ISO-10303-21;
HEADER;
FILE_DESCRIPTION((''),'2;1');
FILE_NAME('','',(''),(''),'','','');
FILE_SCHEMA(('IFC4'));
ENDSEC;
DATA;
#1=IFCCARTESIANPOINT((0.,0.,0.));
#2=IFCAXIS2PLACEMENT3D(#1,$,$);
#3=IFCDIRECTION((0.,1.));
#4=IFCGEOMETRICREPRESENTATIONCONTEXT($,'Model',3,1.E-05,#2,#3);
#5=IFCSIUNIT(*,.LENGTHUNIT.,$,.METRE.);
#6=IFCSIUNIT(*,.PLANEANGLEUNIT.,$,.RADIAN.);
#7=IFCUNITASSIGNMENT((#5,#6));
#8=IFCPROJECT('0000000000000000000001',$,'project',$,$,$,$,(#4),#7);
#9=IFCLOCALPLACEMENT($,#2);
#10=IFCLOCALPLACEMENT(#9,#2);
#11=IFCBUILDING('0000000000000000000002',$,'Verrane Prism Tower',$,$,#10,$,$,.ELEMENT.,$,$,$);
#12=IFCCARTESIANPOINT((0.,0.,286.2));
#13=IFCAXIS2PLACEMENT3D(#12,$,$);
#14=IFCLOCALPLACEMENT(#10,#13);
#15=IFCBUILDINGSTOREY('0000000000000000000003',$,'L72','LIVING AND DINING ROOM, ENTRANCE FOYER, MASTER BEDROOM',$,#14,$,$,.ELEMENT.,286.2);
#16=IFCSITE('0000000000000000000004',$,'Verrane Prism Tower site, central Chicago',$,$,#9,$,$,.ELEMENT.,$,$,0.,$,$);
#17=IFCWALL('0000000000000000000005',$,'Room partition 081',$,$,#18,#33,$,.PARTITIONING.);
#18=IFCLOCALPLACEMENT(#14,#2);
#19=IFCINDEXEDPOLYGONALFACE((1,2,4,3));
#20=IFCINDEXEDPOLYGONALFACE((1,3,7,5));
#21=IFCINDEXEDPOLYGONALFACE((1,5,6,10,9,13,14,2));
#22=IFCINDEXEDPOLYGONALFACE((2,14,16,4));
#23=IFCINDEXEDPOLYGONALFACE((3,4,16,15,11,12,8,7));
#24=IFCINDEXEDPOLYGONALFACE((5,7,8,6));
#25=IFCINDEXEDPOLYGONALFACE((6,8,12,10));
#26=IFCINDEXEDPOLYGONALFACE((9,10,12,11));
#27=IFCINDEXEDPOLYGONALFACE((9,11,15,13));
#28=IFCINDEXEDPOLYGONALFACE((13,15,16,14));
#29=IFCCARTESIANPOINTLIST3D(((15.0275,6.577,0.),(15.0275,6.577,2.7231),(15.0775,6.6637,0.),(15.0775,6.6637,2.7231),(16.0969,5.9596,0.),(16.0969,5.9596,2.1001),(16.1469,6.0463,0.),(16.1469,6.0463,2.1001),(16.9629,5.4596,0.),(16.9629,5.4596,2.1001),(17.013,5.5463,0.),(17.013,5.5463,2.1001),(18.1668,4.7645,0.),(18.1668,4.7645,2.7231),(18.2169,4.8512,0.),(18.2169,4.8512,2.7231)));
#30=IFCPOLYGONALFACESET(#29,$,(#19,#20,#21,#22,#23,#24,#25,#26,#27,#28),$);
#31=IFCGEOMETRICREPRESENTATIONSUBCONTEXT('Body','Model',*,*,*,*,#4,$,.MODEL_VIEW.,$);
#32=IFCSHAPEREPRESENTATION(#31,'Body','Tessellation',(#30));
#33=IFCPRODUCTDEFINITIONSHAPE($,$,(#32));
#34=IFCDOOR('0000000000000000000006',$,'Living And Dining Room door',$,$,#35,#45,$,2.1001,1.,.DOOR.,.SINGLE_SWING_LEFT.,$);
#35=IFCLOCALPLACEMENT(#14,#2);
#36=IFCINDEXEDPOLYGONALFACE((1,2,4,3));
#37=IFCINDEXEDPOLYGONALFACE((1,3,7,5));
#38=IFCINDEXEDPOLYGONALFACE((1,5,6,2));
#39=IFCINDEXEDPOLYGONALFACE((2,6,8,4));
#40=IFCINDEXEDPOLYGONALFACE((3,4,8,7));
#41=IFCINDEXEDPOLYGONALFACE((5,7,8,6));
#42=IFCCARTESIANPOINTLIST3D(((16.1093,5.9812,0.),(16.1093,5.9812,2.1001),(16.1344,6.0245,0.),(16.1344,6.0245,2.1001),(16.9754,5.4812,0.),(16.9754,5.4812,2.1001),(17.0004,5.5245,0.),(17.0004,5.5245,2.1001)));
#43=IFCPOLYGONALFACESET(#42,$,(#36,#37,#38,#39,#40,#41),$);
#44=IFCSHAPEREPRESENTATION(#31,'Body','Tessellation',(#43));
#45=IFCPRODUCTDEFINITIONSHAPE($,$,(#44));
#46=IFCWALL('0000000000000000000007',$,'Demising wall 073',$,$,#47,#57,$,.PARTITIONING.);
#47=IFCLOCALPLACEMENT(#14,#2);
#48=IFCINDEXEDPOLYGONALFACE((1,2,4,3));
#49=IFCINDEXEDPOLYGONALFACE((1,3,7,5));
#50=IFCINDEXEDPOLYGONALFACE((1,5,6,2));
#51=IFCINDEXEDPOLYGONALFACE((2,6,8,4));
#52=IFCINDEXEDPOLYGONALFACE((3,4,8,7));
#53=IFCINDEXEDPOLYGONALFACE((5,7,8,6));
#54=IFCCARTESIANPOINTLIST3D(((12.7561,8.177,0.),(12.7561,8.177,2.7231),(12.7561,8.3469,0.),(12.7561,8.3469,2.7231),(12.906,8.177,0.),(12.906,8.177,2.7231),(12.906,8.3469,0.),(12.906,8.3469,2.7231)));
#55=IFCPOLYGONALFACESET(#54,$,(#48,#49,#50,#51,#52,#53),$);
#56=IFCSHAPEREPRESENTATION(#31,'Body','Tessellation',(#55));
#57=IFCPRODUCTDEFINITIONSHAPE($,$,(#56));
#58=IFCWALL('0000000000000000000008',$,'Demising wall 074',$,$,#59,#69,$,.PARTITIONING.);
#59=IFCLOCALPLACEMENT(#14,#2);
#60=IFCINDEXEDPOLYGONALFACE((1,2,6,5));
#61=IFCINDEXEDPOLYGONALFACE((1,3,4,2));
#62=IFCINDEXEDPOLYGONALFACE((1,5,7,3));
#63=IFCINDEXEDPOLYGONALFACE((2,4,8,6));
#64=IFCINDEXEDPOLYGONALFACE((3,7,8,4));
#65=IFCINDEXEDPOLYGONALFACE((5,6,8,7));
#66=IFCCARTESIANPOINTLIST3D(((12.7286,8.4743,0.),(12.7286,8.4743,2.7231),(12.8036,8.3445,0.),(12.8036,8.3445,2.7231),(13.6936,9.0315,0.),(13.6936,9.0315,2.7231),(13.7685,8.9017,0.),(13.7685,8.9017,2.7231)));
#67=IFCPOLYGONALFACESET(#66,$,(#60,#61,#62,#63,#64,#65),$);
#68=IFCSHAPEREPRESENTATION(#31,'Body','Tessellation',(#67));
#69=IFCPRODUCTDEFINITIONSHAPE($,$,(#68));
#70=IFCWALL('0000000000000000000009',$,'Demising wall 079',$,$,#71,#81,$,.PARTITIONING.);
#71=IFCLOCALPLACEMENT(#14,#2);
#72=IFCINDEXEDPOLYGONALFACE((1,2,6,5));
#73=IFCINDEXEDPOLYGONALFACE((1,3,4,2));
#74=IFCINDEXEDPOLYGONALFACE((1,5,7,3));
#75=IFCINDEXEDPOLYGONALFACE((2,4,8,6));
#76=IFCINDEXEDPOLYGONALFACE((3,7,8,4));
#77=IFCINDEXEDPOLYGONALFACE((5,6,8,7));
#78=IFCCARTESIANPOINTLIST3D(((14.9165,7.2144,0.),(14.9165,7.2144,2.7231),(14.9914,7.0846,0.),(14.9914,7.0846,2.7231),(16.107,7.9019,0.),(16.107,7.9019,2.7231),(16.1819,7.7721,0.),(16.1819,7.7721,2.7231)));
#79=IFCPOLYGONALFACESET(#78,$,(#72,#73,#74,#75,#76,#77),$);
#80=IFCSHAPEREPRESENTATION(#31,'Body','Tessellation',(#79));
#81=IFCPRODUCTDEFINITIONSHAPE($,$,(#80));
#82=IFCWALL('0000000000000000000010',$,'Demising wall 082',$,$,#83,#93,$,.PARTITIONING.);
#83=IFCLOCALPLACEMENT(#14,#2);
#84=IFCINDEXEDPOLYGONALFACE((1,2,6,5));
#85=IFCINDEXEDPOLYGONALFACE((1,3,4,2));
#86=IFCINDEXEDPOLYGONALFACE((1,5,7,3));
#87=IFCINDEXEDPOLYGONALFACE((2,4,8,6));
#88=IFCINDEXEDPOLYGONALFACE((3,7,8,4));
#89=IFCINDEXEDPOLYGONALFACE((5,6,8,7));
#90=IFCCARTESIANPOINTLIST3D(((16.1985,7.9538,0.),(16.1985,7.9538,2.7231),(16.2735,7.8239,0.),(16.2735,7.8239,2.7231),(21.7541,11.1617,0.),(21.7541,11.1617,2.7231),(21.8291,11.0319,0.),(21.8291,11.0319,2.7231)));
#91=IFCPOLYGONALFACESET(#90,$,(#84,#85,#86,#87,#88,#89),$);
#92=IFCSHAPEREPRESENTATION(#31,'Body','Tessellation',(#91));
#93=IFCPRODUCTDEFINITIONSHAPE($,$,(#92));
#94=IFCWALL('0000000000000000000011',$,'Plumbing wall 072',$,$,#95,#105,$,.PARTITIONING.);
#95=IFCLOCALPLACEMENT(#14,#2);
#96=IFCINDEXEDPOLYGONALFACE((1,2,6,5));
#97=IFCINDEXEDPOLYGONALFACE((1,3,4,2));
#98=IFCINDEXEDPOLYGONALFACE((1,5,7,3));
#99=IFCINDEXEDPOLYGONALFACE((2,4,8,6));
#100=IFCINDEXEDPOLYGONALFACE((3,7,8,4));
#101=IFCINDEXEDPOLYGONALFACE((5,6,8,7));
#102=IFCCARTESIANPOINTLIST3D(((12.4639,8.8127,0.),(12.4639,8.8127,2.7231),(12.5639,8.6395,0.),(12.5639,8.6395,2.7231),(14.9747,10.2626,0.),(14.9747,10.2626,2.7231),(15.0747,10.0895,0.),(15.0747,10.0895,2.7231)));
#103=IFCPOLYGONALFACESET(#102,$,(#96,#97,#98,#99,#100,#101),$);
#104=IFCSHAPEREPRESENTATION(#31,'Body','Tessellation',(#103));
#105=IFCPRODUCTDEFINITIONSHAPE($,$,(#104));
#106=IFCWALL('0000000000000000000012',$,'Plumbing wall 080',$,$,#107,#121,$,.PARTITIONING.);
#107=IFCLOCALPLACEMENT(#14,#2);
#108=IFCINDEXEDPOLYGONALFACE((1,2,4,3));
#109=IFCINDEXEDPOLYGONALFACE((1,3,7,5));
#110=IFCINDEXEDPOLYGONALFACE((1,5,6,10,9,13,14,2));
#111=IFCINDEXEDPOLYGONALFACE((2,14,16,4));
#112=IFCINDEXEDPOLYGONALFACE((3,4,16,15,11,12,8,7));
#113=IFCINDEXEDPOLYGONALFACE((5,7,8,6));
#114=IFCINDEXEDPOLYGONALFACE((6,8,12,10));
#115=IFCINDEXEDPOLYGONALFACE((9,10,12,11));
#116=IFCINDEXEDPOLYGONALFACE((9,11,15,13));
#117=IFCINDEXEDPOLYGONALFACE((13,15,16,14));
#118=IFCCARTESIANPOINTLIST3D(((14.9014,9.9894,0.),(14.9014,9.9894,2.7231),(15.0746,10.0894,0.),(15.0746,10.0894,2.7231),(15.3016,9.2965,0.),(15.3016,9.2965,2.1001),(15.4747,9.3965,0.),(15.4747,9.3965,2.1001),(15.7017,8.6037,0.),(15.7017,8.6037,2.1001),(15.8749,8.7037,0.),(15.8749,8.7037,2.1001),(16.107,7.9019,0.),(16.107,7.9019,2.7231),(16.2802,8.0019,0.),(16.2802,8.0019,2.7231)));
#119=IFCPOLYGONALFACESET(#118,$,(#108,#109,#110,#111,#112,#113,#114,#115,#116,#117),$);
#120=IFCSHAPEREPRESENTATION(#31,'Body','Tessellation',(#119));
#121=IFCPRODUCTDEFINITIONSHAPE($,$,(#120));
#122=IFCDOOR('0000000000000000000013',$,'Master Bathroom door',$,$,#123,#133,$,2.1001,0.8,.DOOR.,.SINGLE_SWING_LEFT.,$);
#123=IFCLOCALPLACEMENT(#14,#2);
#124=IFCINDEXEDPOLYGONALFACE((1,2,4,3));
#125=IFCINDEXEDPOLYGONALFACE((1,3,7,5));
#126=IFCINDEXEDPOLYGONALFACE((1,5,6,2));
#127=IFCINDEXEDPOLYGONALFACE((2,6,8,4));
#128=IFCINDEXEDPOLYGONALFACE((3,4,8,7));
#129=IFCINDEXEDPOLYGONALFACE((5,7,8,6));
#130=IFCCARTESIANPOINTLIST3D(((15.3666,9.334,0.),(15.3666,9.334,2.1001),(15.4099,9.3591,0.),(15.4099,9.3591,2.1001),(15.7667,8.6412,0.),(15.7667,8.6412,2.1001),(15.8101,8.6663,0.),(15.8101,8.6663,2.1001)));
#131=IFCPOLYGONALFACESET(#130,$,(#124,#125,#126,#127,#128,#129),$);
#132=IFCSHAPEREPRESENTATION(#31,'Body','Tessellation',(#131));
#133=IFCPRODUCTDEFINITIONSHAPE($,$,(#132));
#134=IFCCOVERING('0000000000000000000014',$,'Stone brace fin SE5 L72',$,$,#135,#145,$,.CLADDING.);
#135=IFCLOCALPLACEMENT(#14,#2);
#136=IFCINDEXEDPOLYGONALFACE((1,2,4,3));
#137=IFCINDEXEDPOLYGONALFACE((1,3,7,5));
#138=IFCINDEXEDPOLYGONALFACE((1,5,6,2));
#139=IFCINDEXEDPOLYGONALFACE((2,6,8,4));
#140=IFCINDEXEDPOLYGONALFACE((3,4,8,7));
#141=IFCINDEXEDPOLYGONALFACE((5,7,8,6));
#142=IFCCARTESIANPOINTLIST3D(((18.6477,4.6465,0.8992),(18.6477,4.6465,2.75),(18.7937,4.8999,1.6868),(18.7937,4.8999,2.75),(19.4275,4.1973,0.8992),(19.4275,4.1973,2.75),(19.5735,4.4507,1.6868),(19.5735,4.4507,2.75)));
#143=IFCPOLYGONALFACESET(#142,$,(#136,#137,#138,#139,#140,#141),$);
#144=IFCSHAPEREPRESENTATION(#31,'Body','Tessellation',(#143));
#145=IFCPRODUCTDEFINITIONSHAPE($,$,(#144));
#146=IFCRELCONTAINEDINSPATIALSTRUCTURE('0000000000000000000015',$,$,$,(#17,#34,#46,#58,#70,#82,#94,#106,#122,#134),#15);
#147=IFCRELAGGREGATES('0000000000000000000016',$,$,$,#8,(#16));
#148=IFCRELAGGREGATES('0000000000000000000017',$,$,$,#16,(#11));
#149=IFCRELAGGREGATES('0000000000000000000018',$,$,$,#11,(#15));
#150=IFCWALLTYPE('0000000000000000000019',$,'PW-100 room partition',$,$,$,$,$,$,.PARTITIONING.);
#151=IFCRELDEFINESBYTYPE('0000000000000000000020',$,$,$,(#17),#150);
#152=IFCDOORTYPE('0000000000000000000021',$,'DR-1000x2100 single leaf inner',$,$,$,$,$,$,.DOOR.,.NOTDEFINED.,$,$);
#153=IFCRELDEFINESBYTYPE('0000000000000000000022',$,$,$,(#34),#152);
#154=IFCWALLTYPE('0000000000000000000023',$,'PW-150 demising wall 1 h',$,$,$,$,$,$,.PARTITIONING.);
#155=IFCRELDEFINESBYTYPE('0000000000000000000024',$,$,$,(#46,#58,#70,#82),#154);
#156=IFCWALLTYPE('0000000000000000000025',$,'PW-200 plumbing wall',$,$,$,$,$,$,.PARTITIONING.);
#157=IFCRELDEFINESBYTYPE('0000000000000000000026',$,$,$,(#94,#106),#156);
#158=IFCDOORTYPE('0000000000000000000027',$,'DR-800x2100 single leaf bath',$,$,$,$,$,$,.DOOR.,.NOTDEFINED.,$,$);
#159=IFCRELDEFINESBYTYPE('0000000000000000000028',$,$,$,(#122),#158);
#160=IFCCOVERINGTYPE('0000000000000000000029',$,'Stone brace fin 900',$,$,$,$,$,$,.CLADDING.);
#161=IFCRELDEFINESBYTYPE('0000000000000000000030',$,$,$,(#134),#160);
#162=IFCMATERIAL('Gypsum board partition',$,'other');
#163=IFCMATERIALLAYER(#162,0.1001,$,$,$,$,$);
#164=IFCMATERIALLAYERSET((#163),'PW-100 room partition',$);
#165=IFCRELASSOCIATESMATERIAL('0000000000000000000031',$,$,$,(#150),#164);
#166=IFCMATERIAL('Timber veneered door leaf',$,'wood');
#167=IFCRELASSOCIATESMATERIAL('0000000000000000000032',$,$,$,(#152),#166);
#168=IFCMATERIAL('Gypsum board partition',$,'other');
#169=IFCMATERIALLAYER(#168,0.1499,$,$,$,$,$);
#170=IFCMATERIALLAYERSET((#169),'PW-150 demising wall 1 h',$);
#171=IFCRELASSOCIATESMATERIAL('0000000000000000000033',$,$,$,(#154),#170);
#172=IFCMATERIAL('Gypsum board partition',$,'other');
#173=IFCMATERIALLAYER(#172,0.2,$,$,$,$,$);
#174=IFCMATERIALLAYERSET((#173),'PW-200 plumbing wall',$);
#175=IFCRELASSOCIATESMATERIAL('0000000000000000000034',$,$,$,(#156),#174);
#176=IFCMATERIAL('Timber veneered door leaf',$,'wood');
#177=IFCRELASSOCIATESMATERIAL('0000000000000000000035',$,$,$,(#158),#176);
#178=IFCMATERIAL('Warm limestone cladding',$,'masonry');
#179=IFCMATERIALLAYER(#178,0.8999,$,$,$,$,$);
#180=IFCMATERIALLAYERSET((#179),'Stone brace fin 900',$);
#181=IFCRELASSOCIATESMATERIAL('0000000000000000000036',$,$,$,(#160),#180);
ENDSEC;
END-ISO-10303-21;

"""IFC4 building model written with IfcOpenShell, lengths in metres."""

from ifc_helpers import new_model, si_unit, direction, frame, frame_2d, origin, place, context, subcontext, project, spatial, polyline, rectangle, outline, extrude, material, layer, layer_set, type_object, element, fill, save


model = new_model("IFC4")

# Units and contexts
model_context = context("Model", 3, precision=1e-05, world=origin(), true_north=direction((0.0, 1.0)))
body_context = subcontext(model_context, "Body", "Model", "MODEL_VIEW")
ifc_project = project(units=[si_unit("LENGTHUNIT", "METRE"), si_unit("PLANEANGLEUNIT", "RADIAN")], contexts=[model_context])

# Site, building, storey
site_placement = place(None, origin())
site = spatial("IfcSite", under=ifc_project, at=site_placement, Name="Verrane Prism Tower site, central Chicago", CompositionType="ELEMENT", RefElevation=0.0)
building_placement = place(site_placement, origin())
building = spatial("IfcBuilding", under=site, at=building_placement, Name="Verrane Prism Tower", CompositionType="ELEMENT")
storey_placement = place(building_placement, frame((0.0, 0.0, 286.2)))
storey = spatial("IfcBuildingStorey", under=building, at=storey_placement, Name="L72", Description="LIVING AND DINING ROOM, ENTRANCE FOYER, MASTER BEDROOM", CompositionType="ELEMENT", Elevation=286.2)

# Shared definitions
ifc_material_1 = material(Name="Gypsum board partition", Category="other")
ifc_layer_1 = layer(ifc_material_1, 0.1001)
ifc_layer_set_1 = layer_set([ifc_layer_1], Name="PW-100 room partition")
wall_type_1 = type_object("IfcWallType", Name="PW-100 room partition", PredefinedType="PARTITIONING", material=ifc_layer_set_1)
ifc_material_2 = material(Name="Timber veneered door leaf", Category="wood")
door_type_1 = type_object("IfcDoorType", Name="DR-1000x2100 single leaf inner", OperationType="NOTDEFINED", PredefinedType="DOOR", material=ifc_material_2)

# Wall, opening, door
wall_1_placement = place(storey_placement, frame((15.0525, 6.6204, 0.0), z_axis=(0.0, 0.0, 1.0), x_axis=(0.86603, -0.499993, 0.0)))
wall_1 = element("IfcWall", 1, at=wall_1_placement, inside=storey, type_object=wall_type_1, Name="Room partition 081", PredefinedType="PARTITIONING", context=body_context, shape_type="SweptSolid", body=[
    extrude(rectangle(XDim=3.625, YDim=0.1001, at=frame_2d((1.8125, 0.0))), origin(), (0.0, 0.0, 1.0), 2.7231),
])
opening_1_placement = place(wall_1_placement, frame((1.2349, 0.0, 0.0)))
opening_1 = element("IfcOpeningElement", 2, at=opening_1_placement, cuts=wall_1, PredefinedType="OPENING", context=body_context, shape_type="SweptSolid", body=[
    extrude(rectangle(XDim=1.0, YDim=2.1001, at=frame_2d((0.5, 1.05))), frame((0.0, 0.0601, 0.0), z_axis=(0.0, -1.0, 0.0), x_axis=(1.0, 0.0, 0.0)), (0.0, 0.0, 1.0), 0.1201),
])
door_1_placement = place(opening_1_placement, origin())
door_1 = element("IfcDoor", 3, at=door_1_placement, inside=storey, type_object=door_type_1, Name="Living And Dining Room door", OperationType="SINGLE_SWING_LEFT", OverallHeight=2.1001, OverallWidth=1.0, PredefinedType="DOOR", context=body_context, shape_type="SweptSolid", body=[
    extrude(rectangle(XDim=1.0, YDim=2.1001, at=frame_2d((0.5, 1.05))), frame((0.0, 0.0249, 0.0), z_axis=(0.0, -1.0, 0.0), x_axis=(1.0, 0.0, 0.0)), (0.0, 0.0, 1.0), 0.05),
])
fill(opening_1, door_1)

# Walls
ifc_material_3 = material(Name="Gypsum board partition", Category="other")
ifc_layer_2 = layer(ifc_material_3, 0.1499)
ifc_layer_set_2 = layer_set([ifc_layer_2], Name="PW-150 demising wall 1 h")
wall_type_2 = type_object("IfcWallType", Name="PW-150 demising wall 1 h", PredefinedType="PARTITIONING", material=ifc_layer_set_2)
wall_2_placement = place(storey_placement, frame((12.8311, 8.177, 0.0), z_axis=(0.0, 0.0, 1.0), x_axis=(0.0, 1.0, 0.0)))
element("IfcWall", 4, at=wall_2_placement, inside=storey, type_object=wall_type_2, Name="Demising wall 073", PredefinedType="PARTITIONING", context=body_context, shape_type="SweptSolid", body=[
    extrude(rectangle(XDim=0.1699, YDim=0.1499, at=frame_2d((0.085, 0.0))), origin(), (0.0, 0.0, 1.0), 2.7231),
])
wall_3_placement = place(storey_placement, frame((12.7661, 8.4094, 0.0), z_axis=(0.0, 0.0, 1.0), x_axis=(0.865996, 0.500051, 0.0)))
element("IfcWall", 5, at=wall_3_placement, inside=storey, type_object=wall_type_2, Name="Demising wall 074", PredefinedType="PARTITIONING", context=body_context, shape_type="SweptSolid", body=[
    extrude(rectangle(XDim=1.1143, YDim=0.1499, at=frame_2d((0.5571, 0.0))), origin(), (0.0, 0.0, 1.0), 2.7231),
])
wall_4_placement = place(storey_placement, frame((14.9539, 7.1494, 0.0), z_axis=(0.0, 0.0, 1.0), x_axis=(0.865961, 0.500112, 0.0)))
element("IfcWall", 6, at=wall_4_placement, inside=storey, type_object=wall_type_2, Name="Demising wall 079", PredefinedType="PARTITIONING", context=body_context, shape_type="SweptSolid", body=[
    extrude(rectangle(XDim=1.3748, YDim=0.1499, at=frame_2d((0.6875, 0.0))), origin(), (0.0, 0.0, 1.0), 2.7231),
])
wall_5_placement = place(storey_placement, frame((16.2361, 7.8889, 0.0), z_axis=(0.0, 0.0, 1.0), x_axis=(0.865995, 0.500052, 0.0)))
element("IfcWall", 7, at=wall_5_placement, inside=storey, type_object=wall_type_2, Name="Demising wall 082", PredefinedType="PARTITIONING", context=body_context, shape_type="SweptSolid", body=[
    extrude(rectangle(XDim=6.4153, YDim=0.1499, at=frame_2d((3.2075, 0.0))), origin(), (0.0, 0.0, 1.0), 2.7231),
])
ifc_material_4 = material(Name="Gypsum board partition", Category="other")
ifc_layer_3 = layer(ifc_material_4, 0.2)
ifc_layer_set_3 = layer_set([ifc_layer_3], Name="PW-200 plumbing wall")
wall_type_3 = type_object("IfcWallType", Name="PW-200 plumbing wall", PredefinedType="PARTITIONING", material=ifc_layer_set_3)
wall_6_placement = place(storey_placement, frame((12.5139, 8.7261, 0.0), z_axis=(0.0, 0.0, 1.0), x_axis=(0.86597, 0.500097, 0.0)))
element("IfcWall", 8, at=wall_6_placement, inside=storey, type_object=wall_type_3, Name="Plumbing wall 072", PredefinedType="PARTITIONING", context=body_context, shape_type="SweptSolid", body=[
    extrude(rectangle(XDim=2.8994, YDim=0.2, at=frame_2d((1.4497, 0.0))), origin(), (0.0, 0.0, 1.0), 2.7231),
])

# Wall, opening, door
wall_7_placement = place(storey_placement, frame((16.1936, 7.9519, 0.0), z_axis=(0.0, 0.0, 1.0), x_axis=(-0.500126, 0.865953, 0.0)))
wall_7 = element("IfcWall", 9, at=wall_7_placement, inside=storey, type_object=wall_type_3, Name="Plumbing wall 080", PredefinedType="PARTITIONING", context=body_context, shape_type="SweptSolid", body=[
    extrude(rectangle(XDim=2.4106, YDim=0.2, at=frame_2d((1.2053, 0.0))), origin(), (0.0, 0.0, 1.0), 2.7231),
])
opening_2_placement = place(wall_7_placement, frame((0.8105, 0.0, 0.0)))
opening_2 = element("IfcOpeningElement", 10, at=opening_2_placement, cuts=wall_7, PredefinedType="OPENING", context=body_context, shape_type="SweptSolid", body=[
    extrude(rectangle(XDim=0.8, YDim=2.1001, at=frame_2d((0.3999, 1.05))), frame((0.0, 0.1099, 0.0), z_axis=(0.0, -1.0, 0.0), x_axis=(1.0, 0.0, 0.0)), (0.0, 0.0, 1.0), 0.22),
])
ifc_material_5 = material(Name="Timber veneered door leaf", Category="wood")
door_type_2 = type_object("IfcDoorType", Name="DR-800x2100 single leaf bath", OperationType="NOTDEFINED", PredefinedType="DOOR", material=ifc_material_5)
door_2_placement = place(opening_2_placement, origin())
door_2 = element("IfcDoor", 11, at=door_2_placement, inside=storey, type_object=door_type_2, Name="Master Bathroom door", OperationType="SINGLE_SWING_LEFT", OverallHeight=2.1001, OverallWidth=0.8, PredefinedType="DOOR", context=body_context, shape_type="SweptSolid", body=[
    extrude(rectangle(XDim=0.8, YDim=2.1001, at=frame_2d((0.3999, 1.05))), frame((0.0, 0.0249, 0.0), z_axis=(0.0, -1.0, 0.0), x_axis=(1.0, 0.0, 0.0)), (0.0, 0.0, 1.0), 0.05),
])
fill(opening_2, door_2)

# Covering
ifc_material_6 = material(Name="Warm limestone cladding", Category="masonry")
ifc_layer_4 = layer(ifc_material_6, 0.8999)
ifc_layer_set_4 = layer_set([ifc_layer_4], Name="Stone brace fin 900")
covering_type = type_object("IfcCoveringType", Name="Stone brace fin 900", PredefinedType="CLADDING", material=ifc_layer_set_4)
covering_placement = place(storey_placement, frame((19.0376, 4.4219, 0.8992), z_axis=(0.0, 0.0, 1.0), x_axis=(0.499192, 0.866491, 0.0)))
element("IfcCovering", 12, at=covering_placement, inside=storey, type_object=covering_type, Name="Stone brace fin SE5 L72", PredefinedType="CLADDING", context=body_context, shape_type="SweptSolid", body=[
    extrude(outline(polyline([(0.2925, 1.8508), (0.0, 1.8508), (0.0, 0.0), (0.2925, 0.7876), (0.2925, 1.8508)])), frame((0.0, 0.45, 0.0), z_axis=(0.0, -1.0, 0.0), x_axis=(1.0, 0.0, 0.0)), (0.0, 0.0, 1.0), 0.8999),
])

save(model, "model.ifc")
